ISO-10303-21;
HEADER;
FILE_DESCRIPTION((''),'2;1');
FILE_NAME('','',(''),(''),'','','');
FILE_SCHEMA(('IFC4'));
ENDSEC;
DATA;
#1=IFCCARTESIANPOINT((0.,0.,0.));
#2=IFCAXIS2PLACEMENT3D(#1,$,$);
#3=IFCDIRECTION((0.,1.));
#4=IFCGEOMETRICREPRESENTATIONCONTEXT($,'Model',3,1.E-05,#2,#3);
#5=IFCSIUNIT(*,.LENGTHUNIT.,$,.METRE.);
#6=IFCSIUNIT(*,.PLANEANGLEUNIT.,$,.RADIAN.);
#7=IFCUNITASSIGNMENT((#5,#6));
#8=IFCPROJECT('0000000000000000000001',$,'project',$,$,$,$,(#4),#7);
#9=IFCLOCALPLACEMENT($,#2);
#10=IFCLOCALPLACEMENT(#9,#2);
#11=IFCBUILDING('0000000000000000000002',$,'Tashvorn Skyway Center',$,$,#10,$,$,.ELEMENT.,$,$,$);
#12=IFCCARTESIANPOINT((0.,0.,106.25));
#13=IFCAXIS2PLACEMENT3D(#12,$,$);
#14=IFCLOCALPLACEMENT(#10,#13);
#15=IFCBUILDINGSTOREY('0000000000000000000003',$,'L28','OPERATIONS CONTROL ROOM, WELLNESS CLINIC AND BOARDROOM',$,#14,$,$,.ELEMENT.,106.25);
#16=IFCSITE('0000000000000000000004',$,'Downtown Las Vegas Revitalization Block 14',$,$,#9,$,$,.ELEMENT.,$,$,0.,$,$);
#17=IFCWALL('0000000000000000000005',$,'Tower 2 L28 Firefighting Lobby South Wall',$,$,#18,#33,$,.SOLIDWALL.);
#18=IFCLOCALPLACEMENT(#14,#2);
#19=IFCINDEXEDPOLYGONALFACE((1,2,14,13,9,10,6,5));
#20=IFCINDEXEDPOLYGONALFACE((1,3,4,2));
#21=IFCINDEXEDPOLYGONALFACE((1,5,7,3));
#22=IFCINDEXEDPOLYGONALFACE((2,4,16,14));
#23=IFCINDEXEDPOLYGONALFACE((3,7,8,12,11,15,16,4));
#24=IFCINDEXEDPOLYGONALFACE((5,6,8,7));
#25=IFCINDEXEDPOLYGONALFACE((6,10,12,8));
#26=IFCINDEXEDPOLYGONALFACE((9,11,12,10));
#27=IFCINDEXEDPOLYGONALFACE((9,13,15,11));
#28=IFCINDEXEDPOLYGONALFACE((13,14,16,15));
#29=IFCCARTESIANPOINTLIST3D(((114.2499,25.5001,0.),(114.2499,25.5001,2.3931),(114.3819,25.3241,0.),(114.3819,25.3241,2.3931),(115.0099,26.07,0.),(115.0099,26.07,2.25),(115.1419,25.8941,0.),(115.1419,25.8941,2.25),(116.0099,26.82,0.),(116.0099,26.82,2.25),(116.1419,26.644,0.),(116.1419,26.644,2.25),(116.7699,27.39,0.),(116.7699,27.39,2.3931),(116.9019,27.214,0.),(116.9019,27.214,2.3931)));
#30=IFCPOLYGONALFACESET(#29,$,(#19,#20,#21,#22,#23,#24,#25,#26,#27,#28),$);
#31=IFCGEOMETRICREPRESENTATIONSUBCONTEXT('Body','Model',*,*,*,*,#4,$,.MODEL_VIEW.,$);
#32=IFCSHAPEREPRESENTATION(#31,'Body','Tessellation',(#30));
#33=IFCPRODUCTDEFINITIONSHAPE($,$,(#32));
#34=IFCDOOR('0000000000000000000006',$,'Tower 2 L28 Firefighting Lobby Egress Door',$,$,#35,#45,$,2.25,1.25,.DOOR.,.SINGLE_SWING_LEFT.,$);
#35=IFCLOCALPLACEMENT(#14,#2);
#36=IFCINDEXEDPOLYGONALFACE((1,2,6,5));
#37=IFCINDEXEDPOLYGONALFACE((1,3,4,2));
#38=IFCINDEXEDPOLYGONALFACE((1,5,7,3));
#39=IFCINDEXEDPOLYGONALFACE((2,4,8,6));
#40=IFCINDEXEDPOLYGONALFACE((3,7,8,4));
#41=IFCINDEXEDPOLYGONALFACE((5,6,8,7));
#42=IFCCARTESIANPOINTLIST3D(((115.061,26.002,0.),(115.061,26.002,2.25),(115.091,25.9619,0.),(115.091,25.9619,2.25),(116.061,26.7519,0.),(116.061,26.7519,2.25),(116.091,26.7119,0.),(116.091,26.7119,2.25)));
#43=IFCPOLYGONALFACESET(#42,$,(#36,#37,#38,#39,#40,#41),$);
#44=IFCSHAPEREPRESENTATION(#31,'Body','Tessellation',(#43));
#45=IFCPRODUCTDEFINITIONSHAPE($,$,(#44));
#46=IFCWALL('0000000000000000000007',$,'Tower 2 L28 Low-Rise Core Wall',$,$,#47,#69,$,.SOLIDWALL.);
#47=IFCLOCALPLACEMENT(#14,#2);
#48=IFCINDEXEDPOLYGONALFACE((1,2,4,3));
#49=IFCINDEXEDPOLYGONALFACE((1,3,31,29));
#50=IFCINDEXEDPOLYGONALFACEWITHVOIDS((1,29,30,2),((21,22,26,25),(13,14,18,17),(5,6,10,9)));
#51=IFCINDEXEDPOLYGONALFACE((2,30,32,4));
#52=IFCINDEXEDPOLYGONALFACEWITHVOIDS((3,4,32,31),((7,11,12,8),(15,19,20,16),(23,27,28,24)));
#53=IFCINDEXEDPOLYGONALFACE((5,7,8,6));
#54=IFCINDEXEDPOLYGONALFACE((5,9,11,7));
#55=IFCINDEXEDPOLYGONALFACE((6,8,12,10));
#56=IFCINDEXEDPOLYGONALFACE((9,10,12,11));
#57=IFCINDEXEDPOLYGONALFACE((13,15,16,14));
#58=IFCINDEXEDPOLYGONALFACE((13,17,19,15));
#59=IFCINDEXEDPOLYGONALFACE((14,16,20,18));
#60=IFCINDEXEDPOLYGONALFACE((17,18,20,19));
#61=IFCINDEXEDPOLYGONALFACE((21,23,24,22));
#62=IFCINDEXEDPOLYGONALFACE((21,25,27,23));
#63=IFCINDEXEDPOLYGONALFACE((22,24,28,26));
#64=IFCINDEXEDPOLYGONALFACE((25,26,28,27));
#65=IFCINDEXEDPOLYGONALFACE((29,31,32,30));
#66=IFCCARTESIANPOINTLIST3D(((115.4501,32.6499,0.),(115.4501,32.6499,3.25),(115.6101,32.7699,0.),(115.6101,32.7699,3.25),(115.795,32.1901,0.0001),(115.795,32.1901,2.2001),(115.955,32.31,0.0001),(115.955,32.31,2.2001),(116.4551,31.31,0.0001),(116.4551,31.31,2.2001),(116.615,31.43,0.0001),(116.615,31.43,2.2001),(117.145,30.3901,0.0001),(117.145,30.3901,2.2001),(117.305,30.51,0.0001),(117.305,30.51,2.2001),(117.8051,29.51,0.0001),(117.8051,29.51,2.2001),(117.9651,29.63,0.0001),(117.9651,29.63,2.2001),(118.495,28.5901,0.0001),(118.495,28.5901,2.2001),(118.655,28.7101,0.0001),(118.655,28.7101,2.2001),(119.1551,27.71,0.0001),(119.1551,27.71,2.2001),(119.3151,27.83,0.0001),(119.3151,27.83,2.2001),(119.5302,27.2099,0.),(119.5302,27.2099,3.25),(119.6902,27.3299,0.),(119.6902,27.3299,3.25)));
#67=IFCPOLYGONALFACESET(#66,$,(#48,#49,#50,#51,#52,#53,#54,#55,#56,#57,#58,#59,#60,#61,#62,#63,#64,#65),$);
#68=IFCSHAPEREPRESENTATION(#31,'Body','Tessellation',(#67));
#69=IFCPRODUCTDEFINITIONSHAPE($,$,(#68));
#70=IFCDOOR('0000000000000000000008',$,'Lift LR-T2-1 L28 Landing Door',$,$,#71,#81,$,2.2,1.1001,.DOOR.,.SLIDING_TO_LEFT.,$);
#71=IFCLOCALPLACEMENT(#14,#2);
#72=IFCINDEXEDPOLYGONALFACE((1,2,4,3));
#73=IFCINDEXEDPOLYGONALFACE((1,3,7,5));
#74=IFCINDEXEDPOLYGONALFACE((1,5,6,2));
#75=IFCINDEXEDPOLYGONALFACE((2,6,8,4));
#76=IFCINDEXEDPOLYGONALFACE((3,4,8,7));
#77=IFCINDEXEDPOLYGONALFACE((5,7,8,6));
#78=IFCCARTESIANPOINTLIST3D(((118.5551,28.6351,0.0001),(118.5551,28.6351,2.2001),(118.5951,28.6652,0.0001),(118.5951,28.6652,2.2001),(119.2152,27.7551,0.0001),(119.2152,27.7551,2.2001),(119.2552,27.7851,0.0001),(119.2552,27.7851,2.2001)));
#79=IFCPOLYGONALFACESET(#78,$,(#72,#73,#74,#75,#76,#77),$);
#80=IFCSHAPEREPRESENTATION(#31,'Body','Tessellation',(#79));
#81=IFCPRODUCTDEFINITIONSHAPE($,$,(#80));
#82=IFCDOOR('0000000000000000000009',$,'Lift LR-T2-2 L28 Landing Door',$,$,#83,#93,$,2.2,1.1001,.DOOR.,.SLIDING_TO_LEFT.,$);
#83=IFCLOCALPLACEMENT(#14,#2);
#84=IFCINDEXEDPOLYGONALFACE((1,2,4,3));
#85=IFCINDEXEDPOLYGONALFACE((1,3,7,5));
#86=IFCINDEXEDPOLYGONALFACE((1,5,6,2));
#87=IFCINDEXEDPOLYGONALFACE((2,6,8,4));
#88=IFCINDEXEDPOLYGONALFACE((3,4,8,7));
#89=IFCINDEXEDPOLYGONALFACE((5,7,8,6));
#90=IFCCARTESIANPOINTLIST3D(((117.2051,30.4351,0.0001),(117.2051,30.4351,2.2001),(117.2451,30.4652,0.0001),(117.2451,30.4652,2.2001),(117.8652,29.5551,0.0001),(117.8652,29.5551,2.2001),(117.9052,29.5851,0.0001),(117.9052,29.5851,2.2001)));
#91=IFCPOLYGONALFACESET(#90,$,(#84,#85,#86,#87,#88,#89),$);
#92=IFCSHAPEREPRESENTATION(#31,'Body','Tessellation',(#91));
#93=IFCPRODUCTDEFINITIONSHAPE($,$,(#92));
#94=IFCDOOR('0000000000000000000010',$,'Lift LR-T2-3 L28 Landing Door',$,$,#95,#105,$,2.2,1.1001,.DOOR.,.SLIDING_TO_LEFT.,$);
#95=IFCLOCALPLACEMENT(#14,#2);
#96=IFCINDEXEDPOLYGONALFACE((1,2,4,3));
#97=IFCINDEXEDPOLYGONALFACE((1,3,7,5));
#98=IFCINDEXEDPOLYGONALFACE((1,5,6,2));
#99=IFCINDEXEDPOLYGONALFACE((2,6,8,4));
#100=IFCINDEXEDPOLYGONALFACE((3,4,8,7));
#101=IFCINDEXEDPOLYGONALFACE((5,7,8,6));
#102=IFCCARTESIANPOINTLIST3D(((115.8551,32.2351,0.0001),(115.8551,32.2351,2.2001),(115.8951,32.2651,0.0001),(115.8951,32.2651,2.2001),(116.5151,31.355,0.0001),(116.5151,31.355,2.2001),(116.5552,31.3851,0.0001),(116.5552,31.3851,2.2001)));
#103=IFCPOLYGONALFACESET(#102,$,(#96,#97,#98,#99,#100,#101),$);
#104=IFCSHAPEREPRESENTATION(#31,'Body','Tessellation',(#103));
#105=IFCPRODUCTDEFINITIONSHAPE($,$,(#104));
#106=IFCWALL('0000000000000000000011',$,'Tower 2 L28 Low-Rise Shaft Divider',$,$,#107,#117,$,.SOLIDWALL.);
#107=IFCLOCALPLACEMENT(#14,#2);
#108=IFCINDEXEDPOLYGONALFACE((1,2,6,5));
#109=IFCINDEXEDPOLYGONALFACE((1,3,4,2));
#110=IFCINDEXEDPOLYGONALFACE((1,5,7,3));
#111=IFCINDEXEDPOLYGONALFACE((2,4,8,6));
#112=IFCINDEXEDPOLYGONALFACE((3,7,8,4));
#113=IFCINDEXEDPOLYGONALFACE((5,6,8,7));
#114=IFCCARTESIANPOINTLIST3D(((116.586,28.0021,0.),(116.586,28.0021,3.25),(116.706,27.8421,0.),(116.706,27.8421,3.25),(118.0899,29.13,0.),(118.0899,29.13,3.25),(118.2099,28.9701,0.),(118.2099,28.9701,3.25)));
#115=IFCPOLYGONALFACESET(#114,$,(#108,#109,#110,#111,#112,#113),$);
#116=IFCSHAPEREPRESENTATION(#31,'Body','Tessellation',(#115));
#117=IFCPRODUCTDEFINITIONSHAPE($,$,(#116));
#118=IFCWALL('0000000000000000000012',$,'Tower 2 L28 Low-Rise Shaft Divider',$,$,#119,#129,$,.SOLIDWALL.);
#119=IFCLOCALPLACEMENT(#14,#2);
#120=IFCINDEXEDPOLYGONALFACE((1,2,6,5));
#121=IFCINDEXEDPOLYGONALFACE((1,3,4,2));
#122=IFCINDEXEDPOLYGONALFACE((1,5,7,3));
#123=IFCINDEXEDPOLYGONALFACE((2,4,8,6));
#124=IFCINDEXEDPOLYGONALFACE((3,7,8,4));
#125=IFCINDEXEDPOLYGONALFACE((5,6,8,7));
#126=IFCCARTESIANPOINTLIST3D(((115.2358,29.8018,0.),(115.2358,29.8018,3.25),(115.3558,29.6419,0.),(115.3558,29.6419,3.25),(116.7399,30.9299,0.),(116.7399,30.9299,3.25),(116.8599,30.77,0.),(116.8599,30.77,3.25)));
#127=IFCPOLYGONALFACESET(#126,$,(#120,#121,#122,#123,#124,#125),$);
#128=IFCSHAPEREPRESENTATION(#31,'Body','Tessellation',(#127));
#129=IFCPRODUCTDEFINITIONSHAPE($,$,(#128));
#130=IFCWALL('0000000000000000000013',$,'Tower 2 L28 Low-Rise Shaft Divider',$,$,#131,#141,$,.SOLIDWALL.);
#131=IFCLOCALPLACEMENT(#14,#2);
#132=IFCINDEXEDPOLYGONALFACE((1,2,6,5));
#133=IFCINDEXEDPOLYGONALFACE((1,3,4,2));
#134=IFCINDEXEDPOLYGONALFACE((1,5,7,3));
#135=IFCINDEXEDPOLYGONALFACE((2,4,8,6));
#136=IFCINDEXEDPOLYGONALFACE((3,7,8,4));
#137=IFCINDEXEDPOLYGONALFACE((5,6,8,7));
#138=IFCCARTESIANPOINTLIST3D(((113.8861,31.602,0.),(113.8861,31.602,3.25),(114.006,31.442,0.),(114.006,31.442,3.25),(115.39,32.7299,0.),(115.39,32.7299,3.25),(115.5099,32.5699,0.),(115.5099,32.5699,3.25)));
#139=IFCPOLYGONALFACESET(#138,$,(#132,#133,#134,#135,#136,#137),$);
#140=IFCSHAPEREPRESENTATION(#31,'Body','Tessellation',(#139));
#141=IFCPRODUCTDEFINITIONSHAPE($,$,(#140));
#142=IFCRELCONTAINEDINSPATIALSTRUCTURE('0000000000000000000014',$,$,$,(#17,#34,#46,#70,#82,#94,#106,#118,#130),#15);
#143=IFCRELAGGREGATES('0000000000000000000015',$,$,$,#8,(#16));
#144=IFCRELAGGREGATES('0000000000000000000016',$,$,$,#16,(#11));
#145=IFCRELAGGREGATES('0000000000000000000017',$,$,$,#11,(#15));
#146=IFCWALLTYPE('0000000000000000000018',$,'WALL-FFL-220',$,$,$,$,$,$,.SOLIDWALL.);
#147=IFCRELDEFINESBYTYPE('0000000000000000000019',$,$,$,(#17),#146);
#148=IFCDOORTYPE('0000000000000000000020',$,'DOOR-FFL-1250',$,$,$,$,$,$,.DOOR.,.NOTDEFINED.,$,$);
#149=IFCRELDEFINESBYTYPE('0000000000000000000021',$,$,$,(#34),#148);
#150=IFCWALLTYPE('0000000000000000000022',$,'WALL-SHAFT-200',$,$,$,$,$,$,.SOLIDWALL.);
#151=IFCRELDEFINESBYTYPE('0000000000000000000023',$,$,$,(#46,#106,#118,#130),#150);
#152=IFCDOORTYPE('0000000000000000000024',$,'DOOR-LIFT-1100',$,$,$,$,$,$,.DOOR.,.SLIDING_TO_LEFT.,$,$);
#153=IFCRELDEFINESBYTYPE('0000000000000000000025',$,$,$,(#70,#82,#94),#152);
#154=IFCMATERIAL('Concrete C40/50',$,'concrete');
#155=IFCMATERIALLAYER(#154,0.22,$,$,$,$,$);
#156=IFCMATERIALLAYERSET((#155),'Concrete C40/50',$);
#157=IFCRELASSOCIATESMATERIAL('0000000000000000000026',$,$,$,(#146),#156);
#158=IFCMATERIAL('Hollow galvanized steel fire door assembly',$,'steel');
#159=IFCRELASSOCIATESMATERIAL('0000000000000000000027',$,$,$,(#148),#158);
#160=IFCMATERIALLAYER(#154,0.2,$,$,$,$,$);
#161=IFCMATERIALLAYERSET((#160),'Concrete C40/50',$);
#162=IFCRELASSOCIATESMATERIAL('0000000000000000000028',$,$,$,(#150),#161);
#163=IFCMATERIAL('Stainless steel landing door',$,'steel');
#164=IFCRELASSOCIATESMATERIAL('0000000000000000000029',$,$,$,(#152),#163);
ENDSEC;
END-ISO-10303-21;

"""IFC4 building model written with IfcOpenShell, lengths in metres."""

from ifc_helpers import new_model, si_unit, direction, frame, frame_2d, origin, place, context, subcontext, project, spatial, rectangle, extrude, material, layer, layer_set, type_object, element, fill, save


model = new_model("IFC4")

# Units and contexts
model_context = context("Model", 3, precision=1e-05, world=origin(), true_north=direction((0.0, 1.0)))
body_context = subcontext(model_context, "Body", "Model", "MODEL_VIEW")
ifc_project = project(units=[si_unit("LENGTHUNIT", "METRE"), si_unit("PLANEANGLEUNIT", "RADIAN")], contexts=[model_context])

# Site, building, storey
site_placement = place(None, origin())
site = spatial("IfcSite", under=ifc_project, at=site_placement, Name="Downtown Las Vegas Revitalization Block 14", CompositionType="ELEMENT", RefElevation=0.0)
building_placement = place(site_placement, origin())
building = spatial("IfcBuilding", under=site, at=building_placement, Name="Tashvorn Skyway Center", CompositionType="ELEMENT")
storey_placement = place(building_placement, frame((0.0, 0.0, 106.25)))
storey = spatial("IfcBuildingStorey", under=building, at=storey_placement, Name="L28", Description="OPERATIONS CONTROL ROOM, WELLNESS CLINIC AND BOARDROOM", CompositionType="ELEMENT", Elevation=106.25)

# Wall, opening, door
ifc_material_1 = material(Name="Concrete C40/50", Category="concrete")
ifc_layer_1 = layer(ifc_material_1, 0.22)
ifc_layer_set_1 = layer_set([ifc_layer_1], Name="Concrete C40/50")
wall_type_1 = type_object("IfcWallType", Name="WALL-FFL-220", PredefinedType="SOLIDWALL", material=ifc_layer_set_1)
wall_1_placement = place(storey_placement, frame((114.3159, 25.4121, 0.0), z_axis=(0.0, 0.0, 1.0), x_axis=(0.800019, 0.599975, 0.0)))
wall_1 = element("IfcWall", 1, at=wall_1_placement, inside=storey, type_object=wall_type_1, Name="Tower 2 L28 Firefighting Lobby South Wall", PredefinedType="SOLIDWALL", context=body_context, shape_type="SweptSolid", body=[
    extrude(rectangle(XDim=3.1499, YDim=0.22, at=frame_2d((1.575, 0.0))), origin(), (0.0, 0.0, 1.0), 2.3931),
])
opening_1_placement = place(wall_1_placement, frame((0.95, 0.0, 0.0)))
opening_1 = element("IfcOpeningElement", 2, at=opening_1_placement, cuts=wall_1, PredefinedType="OPENING", context=body_context, shape_type="SweptSolid", body=[
    extrude(rectangle(XDim=1.25, YDim=2.25, at=frame_2d((0.625, 1.125))), frame((0.0, 0.1199, 0.0), z_axis=(0.0, -1.0, 0.0), x_axis=(1.0, 0.0, 0.0)), (0.0, 0.0, 1.0), 0.24),
])
ifc_material_2 = material(Name="Hollow galvanized steel fire door assembly", Category="steel")
door_type_1 = type_object("IfcDoorType", Name="DOOR-FFL-1250", OperationType="NOTDEFINED", PredefinedType="DOOR", material=ifc_material_2)
door_1_placement = place(opening_1_placement, origin())
door_1 = element("IfcDoor", 3, at=door_1_placement, inside=storey, type_object=door_type_1, Name="Tower 2 L28 Firefighting Lobby Egress Door", OperationType="SINGLE_SWING_LEFT", OverallHeight=2.25, OverallWidth=1.25, PredefinedType="DOOR", context=body_context, shape_type="SweptSolid", body=[
    extrude(rectangle(XDim=1.25, YDim=2.25, at=frame_2d((0.625, 1.125))), frame((0.0, 0.0249, 0.0), z_axis=(0.0, -1.0, 0.0), x_axis=(1.0, 0.0, 0.0)), (0.0, 0.0, 1.0), 0.05),
])
fill(opening_1, door_1)

# Wall, openings, doors
ifc_layer_2 = layer(ifc_material_1, 0.2)
ifc_layer_set_2 = layer_set([ifc_layer_2], Name="Concrete C40/50")
wall_type_2 = type_object("IfcWallType", Name="WALL-SHAFT-200", PredefinedType="SOLIDWALL", material=ifc_layer_set_2)
wall_2_placement = place(storey_placement, frame((119.6101, 27.27, 0.0), z_axis=(0.0, 0.0, 1.0), x_axis=(-0.600011, 0.799991, 0.0)))
wall_2 = element("IfcWall", 4, at=wall_2_placement, inside=storey, type_object=wall_type_2, Name="Tower 2 L28 Low-Rise Core Wall", PredefinedType="SOLIDWALL", context=body_context, shape_type="SweptSolid", body=[
    extrude(rectangle(XDim=6.8, YDim=0.2, at=frame_2d((3.3999, 0.0))), origin(), (0.0, 0.0, 1.0), 3.25),
])
opening_2_placement = place(wall_2_placement, frame((0.625, 0.0, 0.0)))
opening_2 = element("IfcOpeningElement", 5, at=opening_2_placement, cuts=wall_2, PredefinedType="OPENING", context=body_context, shape_type="SweptSolid", body=[
    extrude(rectangle(XDim=1.1001, YDim=2.2, at=frame_2d((0.55, 1.1001))), frame((0.0, 0.1099, 0.0), z_axis=(0.0, -1.0, 0.0), x_axis=(1.0, 0.0, 0.0)), (0.0, 0.0, 1.0), 0.22),
])
opening_3_placement = place(wall_2_placement, frame((2.875, 0.0, 0.0)))
opening_3 = element("IfcOpeningElement", 6, at=opening_3_placement, cuts=wall_2, PredefinedType="OPENING", context=body_context, shape_type="SweptSolid", body=[
    extrude(rectangle(XDim=1.1001, YDim=2.2, at=frame_2d((0.55, 1.1001))), frame((0.0, 0.1099, 0.0), z_axis=(0.0, -1.0, 0.0), x_axis=(1.0, 0.0, 0.0)), (0.0, 0.0, 1.0), 0.22),
])
opening_4_placement = place(wall_2_placement, frame((5.125, 0.0, 0.0)))
opening_4 = element("IfcOpeningElement", 7, at=opening_4_placement, cuts=wall_2, PredefinedType="OPENING", context=body_context, shape_type="SweptSolid", body=[
    extrude(rectangle(XDim=1.1001, YDim=2.2, at=frame_2d((0.55, 1.1001))), frame((0.0, 0.1099, 0.0), z_axis=(0.0, -1.0, 0.0), x_axis=(1.0, 0.0, 0.0)), (0.0, 0.0, 1.0), 0.22),
])
ifc_material_3 = material(Name="Stainless steel landing door", Category="steel")
door_type_2 = type_object("IfcDoorType", Name="DOOR-LIFT-1100", OperationType="SLIDING_TO_LEFT", PredefinedType="DOOR", material=ifc_material_3)
door_2_placement = place(opening_2_placement, origin())
door_2 = element("IfcDoor", 8, at=door_2_placement, inside=storey, type_object=door_type_2, Name="Lift LR-T2-1 L28 Landing Door", OperationType="SLIDING_TO_LEFT", OverallHeight=2.2, OverallWidth=1.1001, PredefinedType="DOOR", context=body_context, shape_type="SweptSolid", body=[
    extrude(rectangle(XDim=1.1001, YDim=2.2, at=frame_2d((0.55, 1.1001))), frame((0.0, 0.0249, 0.0), z_axis=(0.0, -1.0, 0.0), x_axis=(1.0, 0.0, 0.0)), (0.0, 0.0, 1.0), 0.05),
])
fill(opening_2, door_2)
door_3_placement = place(opening_3_placement, origin())
door_3 = element("IfcDoor", 9, at=door_3_placement, inside=storey, type_object=door_type_2, Name="Lift LR-T2-2 L28 Landing Door", OperationType="SLIDING_TO_LEFT", OverallHeight=2.2, OverallWidth=1.1001, PredefinedType="DOOR", context=body_context, shape_type="SweptSolid", body=[
    extrude(rectangle(XDim=1.1001, YDim=2.2, at=frame_2d((0.55, 1.1001))), frame((0.0, 0.0249, 0.0), z_axis=(0.0, -1.0, 0.0), x_axis=(1.0, 0.0, 0.0)), (0.0, 0.0, 1.0), 0.05),
])
fill(opening_3, door_3)
door_4_placement = place(opening_4_placement, origin())
door_4 = element("IfcDoor", 10, at=door_4_placement, inside=storey, type_object=door_type_2, Name="Lift LR-T2-3 L28 Landing Door", OperationType="SLIDING_TO_LEFT", OverallHeight=2.2, OverallWidth=1.1001, PredefinedType="DOOR", context=body_context, shape_type="SweptSolid", body=[
    extrude(rectangle(XDim=1.1001, YDim=2.2, at=frame_2d((0.55, 1.1001))), frame((0.0, 0.0249, 0.0), z_axis=(0.0, -1.0, 0.0), x_axis=(1.0, 0.0, 0.0)), (0.0, 0.0, 1.0), 0.05),
])
fill(opening_4, door_4)

# Walls
wall_3_placement = place(storey_placement, frame((116.646, 27.9221, 0.0), z_axis=(0.0, 0.0, 1.0), x_axis=(0.8, 0.6, 0.0)))
element("IfcWall", 11, at=wall_3_placement, inside=storey, type_object=wall_type_2, Name="Tower 2 L28 Low-Rise Shaft Divider", PredefinedType="SOLIDWALL", context=body_context, shape_type="SweptSolid", body=[
    extrude(rectangle(XDim=1.8799, YDim=0.2, at=frame_2d((0.9399, 0.0))), origin(), (0.0, 0.0, 1.0), 3.25),
])
wall_4_placement = place(storey_placement, frame((115.2959, 29.7219, 0.0), z_axis=(0.0, 0.0, 1.0), x_axis=(0.799984, 0.600021, 0.0)))
element("IfcWall", 12, at=wall_4_placement, inside=storey, type_object=wall_type_2, Name="Tower 2 L28 Low-Rise Shaft Divider", PredefinedType="SOLIDWALL", context=body_context, shape_type="SweptSolid", body=[
    extrude(rectangle(XDim=1.8801, YDim=0.2, at=frame_2d((0.9399, 0.0))), origin(), (0.0, 0.0, 1.0), 3.25),
])
wall_5_placement = place(storey_placement, frame((113.946, 31.522, 0.0), z_axis=(0.0, 0.0, 1.0), x_axis=(0.8, 0.6, 0.0)))
element("IfcWall", 13, at=wall_5_placement, inside=storey, type_object=wall_type_2, Name="Tower 2 L28 Low-Rise Shaft Divider", PredefinedType="SOLIDWALL", context=body_context, shape_type="SweptSolid", body=[
    extrude(rectangle(XDim=1.8799, YDim=0.2, at=frame_2d((0.9399, 0.0))), origin(), (0.0, 0.0, 1.0), 3.25),
])

save(model, "model.ifc")
